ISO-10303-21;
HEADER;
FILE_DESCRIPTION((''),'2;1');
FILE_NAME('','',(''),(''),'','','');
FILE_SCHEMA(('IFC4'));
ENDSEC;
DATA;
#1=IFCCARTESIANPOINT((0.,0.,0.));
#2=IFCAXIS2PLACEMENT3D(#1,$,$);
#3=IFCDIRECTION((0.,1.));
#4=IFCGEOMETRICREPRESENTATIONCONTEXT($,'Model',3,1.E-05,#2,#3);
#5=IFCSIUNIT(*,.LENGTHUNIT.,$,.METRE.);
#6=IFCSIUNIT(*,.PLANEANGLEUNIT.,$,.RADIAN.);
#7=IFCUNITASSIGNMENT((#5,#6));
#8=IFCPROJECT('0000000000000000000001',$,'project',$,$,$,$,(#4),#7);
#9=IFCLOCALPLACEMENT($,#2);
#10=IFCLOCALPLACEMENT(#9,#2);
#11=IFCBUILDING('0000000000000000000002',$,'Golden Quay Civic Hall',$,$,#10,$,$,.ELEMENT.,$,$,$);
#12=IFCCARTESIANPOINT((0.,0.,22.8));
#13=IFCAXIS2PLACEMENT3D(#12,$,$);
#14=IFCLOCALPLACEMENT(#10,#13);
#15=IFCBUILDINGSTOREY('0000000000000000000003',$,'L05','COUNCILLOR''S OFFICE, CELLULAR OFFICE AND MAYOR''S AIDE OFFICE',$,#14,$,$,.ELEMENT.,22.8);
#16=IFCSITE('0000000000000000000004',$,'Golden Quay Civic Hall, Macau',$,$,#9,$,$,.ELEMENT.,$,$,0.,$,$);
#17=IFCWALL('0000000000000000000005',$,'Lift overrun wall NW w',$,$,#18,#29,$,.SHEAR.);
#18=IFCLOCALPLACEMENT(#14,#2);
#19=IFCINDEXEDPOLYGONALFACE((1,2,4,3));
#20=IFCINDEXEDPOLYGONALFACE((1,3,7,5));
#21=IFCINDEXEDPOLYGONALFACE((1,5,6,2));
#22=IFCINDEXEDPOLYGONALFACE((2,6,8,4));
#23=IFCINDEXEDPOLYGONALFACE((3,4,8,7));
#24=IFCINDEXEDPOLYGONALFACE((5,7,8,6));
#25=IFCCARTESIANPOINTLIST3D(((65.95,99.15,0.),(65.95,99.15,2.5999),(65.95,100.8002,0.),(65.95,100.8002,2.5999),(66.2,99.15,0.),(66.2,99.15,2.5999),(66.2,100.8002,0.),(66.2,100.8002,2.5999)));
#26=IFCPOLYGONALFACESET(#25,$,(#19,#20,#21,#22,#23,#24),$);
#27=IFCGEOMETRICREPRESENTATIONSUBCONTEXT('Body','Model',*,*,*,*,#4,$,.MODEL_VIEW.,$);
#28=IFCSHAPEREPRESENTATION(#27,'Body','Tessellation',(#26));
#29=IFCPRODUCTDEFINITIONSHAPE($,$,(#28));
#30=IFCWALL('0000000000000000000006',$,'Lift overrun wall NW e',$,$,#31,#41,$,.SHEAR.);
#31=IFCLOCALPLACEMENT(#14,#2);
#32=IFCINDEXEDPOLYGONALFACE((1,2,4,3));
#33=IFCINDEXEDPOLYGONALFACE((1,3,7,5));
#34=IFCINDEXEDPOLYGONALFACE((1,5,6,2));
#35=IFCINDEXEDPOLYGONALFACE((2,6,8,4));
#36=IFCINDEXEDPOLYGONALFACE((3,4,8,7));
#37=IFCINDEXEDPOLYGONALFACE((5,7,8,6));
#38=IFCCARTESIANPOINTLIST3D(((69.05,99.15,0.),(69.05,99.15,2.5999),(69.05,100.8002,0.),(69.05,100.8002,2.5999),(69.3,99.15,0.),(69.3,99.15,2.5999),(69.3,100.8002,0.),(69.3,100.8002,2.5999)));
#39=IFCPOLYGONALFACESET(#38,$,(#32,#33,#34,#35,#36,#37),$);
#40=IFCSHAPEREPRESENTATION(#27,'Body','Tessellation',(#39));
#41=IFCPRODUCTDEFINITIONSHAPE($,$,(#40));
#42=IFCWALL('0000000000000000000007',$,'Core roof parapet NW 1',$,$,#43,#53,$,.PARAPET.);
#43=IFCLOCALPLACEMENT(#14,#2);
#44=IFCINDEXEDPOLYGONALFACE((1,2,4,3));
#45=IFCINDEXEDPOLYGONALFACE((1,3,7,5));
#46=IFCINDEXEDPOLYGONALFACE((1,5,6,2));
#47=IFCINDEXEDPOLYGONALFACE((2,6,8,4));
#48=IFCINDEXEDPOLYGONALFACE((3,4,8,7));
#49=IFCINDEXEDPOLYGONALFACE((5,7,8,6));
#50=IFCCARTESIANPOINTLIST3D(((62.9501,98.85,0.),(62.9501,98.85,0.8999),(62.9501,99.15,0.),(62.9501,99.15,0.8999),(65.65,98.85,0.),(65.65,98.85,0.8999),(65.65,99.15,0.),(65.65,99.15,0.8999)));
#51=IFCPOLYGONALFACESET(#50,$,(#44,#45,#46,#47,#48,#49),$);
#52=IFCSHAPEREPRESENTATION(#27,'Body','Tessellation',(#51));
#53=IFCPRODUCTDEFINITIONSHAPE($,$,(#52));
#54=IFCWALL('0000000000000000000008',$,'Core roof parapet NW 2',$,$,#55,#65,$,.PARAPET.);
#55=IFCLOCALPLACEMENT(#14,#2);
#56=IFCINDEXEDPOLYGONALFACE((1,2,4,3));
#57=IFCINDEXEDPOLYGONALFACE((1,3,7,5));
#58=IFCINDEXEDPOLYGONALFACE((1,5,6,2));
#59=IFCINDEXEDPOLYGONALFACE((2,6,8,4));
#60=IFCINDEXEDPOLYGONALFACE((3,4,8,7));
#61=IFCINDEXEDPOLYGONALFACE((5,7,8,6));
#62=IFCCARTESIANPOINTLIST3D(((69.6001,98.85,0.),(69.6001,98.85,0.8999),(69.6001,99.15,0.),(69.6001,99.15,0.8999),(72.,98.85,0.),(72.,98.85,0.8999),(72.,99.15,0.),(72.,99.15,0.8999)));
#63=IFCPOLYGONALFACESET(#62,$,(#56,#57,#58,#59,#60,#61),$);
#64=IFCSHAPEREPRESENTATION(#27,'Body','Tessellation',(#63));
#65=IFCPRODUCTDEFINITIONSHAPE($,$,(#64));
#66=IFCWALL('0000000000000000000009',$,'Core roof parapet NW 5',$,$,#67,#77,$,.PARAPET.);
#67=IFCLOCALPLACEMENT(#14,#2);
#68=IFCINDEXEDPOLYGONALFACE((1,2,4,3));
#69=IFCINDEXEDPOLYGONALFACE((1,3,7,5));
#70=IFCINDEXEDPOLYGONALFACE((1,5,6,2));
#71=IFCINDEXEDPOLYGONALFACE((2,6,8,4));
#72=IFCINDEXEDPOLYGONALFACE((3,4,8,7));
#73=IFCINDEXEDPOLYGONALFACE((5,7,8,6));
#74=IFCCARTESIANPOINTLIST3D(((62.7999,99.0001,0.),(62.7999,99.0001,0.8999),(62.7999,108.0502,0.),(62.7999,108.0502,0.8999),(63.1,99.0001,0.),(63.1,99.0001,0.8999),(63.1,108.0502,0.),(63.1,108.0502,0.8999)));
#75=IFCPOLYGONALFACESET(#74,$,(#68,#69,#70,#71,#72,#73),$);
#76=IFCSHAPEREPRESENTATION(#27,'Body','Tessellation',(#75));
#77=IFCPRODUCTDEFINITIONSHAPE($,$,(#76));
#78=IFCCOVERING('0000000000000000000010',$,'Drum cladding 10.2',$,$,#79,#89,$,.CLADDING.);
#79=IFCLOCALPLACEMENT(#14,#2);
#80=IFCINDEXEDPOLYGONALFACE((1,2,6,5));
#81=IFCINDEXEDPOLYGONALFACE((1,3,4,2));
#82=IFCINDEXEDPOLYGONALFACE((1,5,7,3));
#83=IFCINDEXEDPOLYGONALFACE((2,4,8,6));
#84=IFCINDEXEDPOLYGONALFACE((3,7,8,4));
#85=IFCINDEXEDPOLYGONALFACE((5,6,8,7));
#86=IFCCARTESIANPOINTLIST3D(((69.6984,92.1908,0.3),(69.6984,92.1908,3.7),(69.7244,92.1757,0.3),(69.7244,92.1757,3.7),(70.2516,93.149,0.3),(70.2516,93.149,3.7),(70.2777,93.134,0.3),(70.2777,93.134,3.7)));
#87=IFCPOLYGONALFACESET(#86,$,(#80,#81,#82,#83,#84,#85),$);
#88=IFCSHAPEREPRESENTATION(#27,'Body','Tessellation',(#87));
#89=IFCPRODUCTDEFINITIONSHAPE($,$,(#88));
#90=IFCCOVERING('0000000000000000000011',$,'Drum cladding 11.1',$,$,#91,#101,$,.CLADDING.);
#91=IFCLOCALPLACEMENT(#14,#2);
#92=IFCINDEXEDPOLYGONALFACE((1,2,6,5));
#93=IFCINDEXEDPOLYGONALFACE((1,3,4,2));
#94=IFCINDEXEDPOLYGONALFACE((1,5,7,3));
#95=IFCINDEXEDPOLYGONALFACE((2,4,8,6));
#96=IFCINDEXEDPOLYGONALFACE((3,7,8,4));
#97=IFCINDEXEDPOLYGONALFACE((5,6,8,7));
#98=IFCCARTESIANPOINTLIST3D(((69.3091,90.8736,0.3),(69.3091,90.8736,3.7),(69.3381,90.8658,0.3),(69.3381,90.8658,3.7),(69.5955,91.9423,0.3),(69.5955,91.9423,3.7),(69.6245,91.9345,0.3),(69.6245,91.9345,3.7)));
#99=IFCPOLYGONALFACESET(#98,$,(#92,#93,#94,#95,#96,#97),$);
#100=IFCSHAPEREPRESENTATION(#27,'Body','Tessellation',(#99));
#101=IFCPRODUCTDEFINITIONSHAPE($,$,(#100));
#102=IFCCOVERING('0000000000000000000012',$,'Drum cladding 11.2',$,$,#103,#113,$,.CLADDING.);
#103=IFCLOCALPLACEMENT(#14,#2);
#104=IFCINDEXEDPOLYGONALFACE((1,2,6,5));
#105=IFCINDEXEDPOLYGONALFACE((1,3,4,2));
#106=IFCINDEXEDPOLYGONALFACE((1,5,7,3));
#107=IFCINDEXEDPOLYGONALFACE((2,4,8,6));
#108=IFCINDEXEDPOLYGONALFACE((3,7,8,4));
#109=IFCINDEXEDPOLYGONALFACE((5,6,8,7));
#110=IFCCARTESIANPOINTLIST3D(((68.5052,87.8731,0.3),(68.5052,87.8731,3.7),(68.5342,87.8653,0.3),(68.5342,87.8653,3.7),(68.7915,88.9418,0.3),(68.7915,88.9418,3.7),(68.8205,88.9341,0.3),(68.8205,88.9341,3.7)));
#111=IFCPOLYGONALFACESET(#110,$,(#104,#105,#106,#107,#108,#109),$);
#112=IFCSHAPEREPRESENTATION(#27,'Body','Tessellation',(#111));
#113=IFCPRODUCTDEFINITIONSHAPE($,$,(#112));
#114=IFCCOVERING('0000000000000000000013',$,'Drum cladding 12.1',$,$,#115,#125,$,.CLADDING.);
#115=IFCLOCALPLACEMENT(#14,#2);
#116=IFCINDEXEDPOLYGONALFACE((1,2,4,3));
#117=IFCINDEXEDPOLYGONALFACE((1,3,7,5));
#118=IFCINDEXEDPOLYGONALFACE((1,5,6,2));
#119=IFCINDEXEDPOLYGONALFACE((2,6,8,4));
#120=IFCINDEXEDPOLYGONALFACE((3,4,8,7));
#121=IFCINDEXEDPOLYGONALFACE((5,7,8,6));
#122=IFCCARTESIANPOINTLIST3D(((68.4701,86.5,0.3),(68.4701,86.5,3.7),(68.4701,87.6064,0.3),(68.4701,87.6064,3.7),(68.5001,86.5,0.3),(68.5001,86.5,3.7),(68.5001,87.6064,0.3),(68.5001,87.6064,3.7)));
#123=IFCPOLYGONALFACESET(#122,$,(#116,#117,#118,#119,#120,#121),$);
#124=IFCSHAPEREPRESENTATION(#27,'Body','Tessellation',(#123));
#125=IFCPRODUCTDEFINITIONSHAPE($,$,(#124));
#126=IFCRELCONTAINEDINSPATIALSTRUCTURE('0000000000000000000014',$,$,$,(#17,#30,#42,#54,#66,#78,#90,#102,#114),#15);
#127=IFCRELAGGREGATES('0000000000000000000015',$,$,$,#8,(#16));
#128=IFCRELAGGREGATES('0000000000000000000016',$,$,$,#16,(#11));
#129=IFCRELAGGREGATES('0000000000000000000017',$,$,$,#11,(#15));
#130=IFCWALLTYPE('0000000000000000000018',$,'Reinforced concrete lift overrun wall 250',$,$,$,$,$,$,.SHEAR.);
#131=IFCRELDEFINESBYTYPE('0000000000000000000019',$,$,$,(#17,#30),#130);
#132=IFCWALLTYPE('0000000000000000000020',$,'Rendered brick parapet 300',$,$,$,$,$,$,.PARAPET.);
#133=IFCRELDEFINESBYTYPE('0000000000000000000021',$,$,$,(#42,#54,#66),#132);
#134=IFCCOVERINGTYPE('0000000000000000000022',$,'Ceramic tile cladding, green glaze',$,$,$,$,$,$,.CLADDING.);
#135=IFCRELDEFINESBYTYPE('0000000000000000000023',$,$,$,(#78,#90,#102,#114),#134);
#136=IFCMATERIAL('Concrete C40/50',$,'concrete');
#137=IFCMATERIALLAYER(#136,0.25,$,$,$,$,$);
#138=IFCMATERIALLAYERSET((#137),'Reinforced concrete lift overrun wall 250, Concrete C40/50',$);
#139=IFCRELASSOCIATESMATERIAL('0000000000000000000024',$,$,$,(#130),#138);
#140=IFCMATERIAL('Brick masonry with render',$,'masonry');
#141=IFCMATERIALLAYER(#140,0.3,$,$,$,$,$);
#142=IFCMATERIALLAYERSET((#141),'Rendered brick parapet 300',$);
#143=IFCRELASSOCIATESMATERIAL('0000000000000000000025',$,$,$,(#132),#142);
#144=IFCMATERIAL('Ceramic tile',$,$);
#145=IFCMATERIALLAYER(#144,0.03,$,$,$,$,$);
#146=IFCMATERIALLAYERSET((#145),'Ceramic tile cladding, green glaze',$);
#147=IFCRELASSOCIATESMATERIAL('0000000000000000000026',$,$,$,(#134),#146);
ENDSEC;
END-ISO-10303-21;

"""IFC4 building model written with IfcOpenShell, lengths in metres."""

from ifc_helpers import new_model, si_unit, direction, frame, frame_2d, origin, origin_2d, place, context, subcontext, project, spatial, rectangle, extrude, material, layer, layer_set, type_object, element, save


model = new_model("IFC4")

# Units and contexts
model_context = context("Model", 3, precision=1e-05, world=origin(), true_north=direction((0.0, 1.0)))
body_context = subcontext(model_context, "Body", "Model", "MODEL_VIEW")
ifc_project = project(units=[si_unit("LENGTHUNIT", "METRE"), si_unit("PLANEANGLEUNIT", "RADIAN")], contexts=[model_context])

# Site, building, storey
site_placement = place(None, origin())
site = spatial("IfcSite", under=ifc_project, at=site_placement, Name="Golden Quay Civic Hall, Macau", CompositionType="ELEMENT", RefElevation=0.0)
building_placement = place(site_placement, origin())
building = spatial("IfcBuilding", under=site, at=building_placement, Name="Golden Quay Civic Hall", CompositionType="ELEMENT")
storey_placement = place(building_placement, frame((0.0, 0.0, 22.8)))
storey = spatial("IfcBuildingStorey", under=building, at=storey_placement, Name="L05", Description="COUNCILLOR'S OFFICE, CELLULAR OFFICE AND MAYOR'S AIDE OFFICE", CompositionType="ELEMENT", Elevation=22.8)

# Walls
ifc_material_1 = material(Name="Concrete C40/50", Category="concrete")
ifc_layer_1 = layer(ifc_material_1, 0.25)
ifc_layer_set_1 = layer_set([ifc_layer_1], Name="Reinforced concrete lift overrun wall 250, Concrete C40/50")
wall_type_1 = type_object("IfcWallType", Name="Reinforced concrete lift overrun wall 250", PredefinedType="SHEAR", material=ifc_layer_set_1)
for number, where, z_axis, x_axis, name in (
    (1, (66.075, 99.1499, 0.0), (0.0, 0.0, 1.0), (0.0, 1.0, 0.0), "Lift overrun wall NW w"),
    (2, (69.175, 99.1499, 0.0), (0.0, 0.0, 1.0), (0.0, 1.0, 0.0), "Lift overrun wall NW e"),
):
    element("IfcWall", number, at=place(storey_placement, frame(where, z_axis=z_axis, x_axis=x_axis)), inside=storey, type_object=wall_type_1, Name=name, PredefinedType="SHEAR", context=body_context, shape_type="SweptSolid", body=[
        extrude(rectangle(XDim=1.6501, YDim=0.25, at=frame_2d((0.8252, 0.0))), origin(), (0.0, 0.0, 1.0), 2.5999),
    ])
ifc_material_2 = material(Name="Brick masonry with render", Category="masonry")
ifc_layer_2 = layer(ifc_material_2, 0.3)
ifc_layer_set_2 = layer_set([ifc_layer_2], Name="Rendered brick parapet 300")
wall_type_2 = type_object("IfcWallType", Name="Rendered brick parapet 300", PredefinedType="PARAPET", material=ifc_layer_set_2)
wall_1_placement = place(storey_placement, frame((62.95, 99.0, 0.0), z_axis=(0.0, 0.0, 1.0), x_axis=(1.0, 0.0, 0.0)))
element("IfcWall", 3, at=wall_1_placement, inside=storey, type_object=wall_type_2, Name="Core roof parapet NW 1", PredefinedType="PARAPET", context=body_context, shape_type="SweptSolid", body=[
    extrude(rectangle(XDim=2.7, YDim=0.3, at=frame_2d((1.3501, 0.0))), origin(), (0.0, 0.0, 1.0), 0.8999),
])
wall_2_placement = place(storey_placement, frame((69.6001, 99.0, 0.0), z_axis=(0.0, 0.0, 1.0), x_axis=(1.0, 0.0, 0.0)))
element("IfcWall", 4, at=wall_2_placement, inside=storey, type_object=wall_type_2, Name="Core roof parapet NW 2", PredefinedType="PARAPET", context=body_context, shape_type="SweptSolid", body=[
    extrude(rectangle(XDim=2.3999, YDim=0.3, at=frame_2d((1.2, 0.0))), origin(), (0.0, 0.0, 1.0), 0.8999),
])
wall_3_placement = place(storey_placement, frame((62.95, 108.05, 0.0), z_axis=(0.0, 0.0, 1.0), x_axis=(0.0, -1.0, 0.0)))
element("IfcWall", 5, at=wall_3_placement, inside=storey, type_object=wall_type_2, Name="Core roof parapet NW 5", PredefinedType="PARAPET", context=body_context, shape_type="SweptSolid", body=[
    extrude(rectangle(XDim=9.05, YDim=0.3, at=frame_2d((4.5249, 0.0))), origin(), (0.0, 0.0, 1.0), 0.8999),
])

# Coverings
ifc_material_3 = material(Name="Ceramic tile")
ifc_layer_3 = layer(ifc_material_3, 0.03)
ifc_layer_set_3 = layer_set([ifc_layer_3], Name="Ceramic tile cladding, green glaze")
covering_type = type_object("IfcCoveringType", Name="Ceramic tile cladding, green glaze", PredefinedType="CLADDING", material=ifc_layer_set_3)
for number, where, z_axis, x_axis, name in (
    (6, (69.988, 92.6624, 0.3), (0.0, 0.0, 1.0), (-0.5, -0.866025, 0.0), "Drum cladding 10.2"),
    (7, (69.4668, 91.4041, 0.3), (0.0, 0.0, 1.0), (-0.258819, -0.965926, 0.0), "Drum cladding 11.1"),
    (8, (68.6628, 88.4036, 0.3), (0.0, 0.0, 1.0), (-0.258819, -0.965926, 0.0), "Drum cladding 11.2"),
    (9, (68.4851, 87.0532, 0.3), (0.0, 0.0, 1.0), (0.0, -1.0, 0.0), "Drum cladding 12.1"),
):
    element("IfcCovering", number, at=place(storey_placement, frame(where, z_axis=z_axis, x_axis=x_axis)), inside=storey, type_object=covering_type, Name=name, PredefinedType="CLADDING", context=body_context, shape_type="SweptSolid", body=[
        extrude(rectangle(XDim=1.1064, YDim=0.03, at=origin_2d()), origin(), (0.0, 0.0, 1.0), 3.3999),
    ])

save(model, "model.ifc")
